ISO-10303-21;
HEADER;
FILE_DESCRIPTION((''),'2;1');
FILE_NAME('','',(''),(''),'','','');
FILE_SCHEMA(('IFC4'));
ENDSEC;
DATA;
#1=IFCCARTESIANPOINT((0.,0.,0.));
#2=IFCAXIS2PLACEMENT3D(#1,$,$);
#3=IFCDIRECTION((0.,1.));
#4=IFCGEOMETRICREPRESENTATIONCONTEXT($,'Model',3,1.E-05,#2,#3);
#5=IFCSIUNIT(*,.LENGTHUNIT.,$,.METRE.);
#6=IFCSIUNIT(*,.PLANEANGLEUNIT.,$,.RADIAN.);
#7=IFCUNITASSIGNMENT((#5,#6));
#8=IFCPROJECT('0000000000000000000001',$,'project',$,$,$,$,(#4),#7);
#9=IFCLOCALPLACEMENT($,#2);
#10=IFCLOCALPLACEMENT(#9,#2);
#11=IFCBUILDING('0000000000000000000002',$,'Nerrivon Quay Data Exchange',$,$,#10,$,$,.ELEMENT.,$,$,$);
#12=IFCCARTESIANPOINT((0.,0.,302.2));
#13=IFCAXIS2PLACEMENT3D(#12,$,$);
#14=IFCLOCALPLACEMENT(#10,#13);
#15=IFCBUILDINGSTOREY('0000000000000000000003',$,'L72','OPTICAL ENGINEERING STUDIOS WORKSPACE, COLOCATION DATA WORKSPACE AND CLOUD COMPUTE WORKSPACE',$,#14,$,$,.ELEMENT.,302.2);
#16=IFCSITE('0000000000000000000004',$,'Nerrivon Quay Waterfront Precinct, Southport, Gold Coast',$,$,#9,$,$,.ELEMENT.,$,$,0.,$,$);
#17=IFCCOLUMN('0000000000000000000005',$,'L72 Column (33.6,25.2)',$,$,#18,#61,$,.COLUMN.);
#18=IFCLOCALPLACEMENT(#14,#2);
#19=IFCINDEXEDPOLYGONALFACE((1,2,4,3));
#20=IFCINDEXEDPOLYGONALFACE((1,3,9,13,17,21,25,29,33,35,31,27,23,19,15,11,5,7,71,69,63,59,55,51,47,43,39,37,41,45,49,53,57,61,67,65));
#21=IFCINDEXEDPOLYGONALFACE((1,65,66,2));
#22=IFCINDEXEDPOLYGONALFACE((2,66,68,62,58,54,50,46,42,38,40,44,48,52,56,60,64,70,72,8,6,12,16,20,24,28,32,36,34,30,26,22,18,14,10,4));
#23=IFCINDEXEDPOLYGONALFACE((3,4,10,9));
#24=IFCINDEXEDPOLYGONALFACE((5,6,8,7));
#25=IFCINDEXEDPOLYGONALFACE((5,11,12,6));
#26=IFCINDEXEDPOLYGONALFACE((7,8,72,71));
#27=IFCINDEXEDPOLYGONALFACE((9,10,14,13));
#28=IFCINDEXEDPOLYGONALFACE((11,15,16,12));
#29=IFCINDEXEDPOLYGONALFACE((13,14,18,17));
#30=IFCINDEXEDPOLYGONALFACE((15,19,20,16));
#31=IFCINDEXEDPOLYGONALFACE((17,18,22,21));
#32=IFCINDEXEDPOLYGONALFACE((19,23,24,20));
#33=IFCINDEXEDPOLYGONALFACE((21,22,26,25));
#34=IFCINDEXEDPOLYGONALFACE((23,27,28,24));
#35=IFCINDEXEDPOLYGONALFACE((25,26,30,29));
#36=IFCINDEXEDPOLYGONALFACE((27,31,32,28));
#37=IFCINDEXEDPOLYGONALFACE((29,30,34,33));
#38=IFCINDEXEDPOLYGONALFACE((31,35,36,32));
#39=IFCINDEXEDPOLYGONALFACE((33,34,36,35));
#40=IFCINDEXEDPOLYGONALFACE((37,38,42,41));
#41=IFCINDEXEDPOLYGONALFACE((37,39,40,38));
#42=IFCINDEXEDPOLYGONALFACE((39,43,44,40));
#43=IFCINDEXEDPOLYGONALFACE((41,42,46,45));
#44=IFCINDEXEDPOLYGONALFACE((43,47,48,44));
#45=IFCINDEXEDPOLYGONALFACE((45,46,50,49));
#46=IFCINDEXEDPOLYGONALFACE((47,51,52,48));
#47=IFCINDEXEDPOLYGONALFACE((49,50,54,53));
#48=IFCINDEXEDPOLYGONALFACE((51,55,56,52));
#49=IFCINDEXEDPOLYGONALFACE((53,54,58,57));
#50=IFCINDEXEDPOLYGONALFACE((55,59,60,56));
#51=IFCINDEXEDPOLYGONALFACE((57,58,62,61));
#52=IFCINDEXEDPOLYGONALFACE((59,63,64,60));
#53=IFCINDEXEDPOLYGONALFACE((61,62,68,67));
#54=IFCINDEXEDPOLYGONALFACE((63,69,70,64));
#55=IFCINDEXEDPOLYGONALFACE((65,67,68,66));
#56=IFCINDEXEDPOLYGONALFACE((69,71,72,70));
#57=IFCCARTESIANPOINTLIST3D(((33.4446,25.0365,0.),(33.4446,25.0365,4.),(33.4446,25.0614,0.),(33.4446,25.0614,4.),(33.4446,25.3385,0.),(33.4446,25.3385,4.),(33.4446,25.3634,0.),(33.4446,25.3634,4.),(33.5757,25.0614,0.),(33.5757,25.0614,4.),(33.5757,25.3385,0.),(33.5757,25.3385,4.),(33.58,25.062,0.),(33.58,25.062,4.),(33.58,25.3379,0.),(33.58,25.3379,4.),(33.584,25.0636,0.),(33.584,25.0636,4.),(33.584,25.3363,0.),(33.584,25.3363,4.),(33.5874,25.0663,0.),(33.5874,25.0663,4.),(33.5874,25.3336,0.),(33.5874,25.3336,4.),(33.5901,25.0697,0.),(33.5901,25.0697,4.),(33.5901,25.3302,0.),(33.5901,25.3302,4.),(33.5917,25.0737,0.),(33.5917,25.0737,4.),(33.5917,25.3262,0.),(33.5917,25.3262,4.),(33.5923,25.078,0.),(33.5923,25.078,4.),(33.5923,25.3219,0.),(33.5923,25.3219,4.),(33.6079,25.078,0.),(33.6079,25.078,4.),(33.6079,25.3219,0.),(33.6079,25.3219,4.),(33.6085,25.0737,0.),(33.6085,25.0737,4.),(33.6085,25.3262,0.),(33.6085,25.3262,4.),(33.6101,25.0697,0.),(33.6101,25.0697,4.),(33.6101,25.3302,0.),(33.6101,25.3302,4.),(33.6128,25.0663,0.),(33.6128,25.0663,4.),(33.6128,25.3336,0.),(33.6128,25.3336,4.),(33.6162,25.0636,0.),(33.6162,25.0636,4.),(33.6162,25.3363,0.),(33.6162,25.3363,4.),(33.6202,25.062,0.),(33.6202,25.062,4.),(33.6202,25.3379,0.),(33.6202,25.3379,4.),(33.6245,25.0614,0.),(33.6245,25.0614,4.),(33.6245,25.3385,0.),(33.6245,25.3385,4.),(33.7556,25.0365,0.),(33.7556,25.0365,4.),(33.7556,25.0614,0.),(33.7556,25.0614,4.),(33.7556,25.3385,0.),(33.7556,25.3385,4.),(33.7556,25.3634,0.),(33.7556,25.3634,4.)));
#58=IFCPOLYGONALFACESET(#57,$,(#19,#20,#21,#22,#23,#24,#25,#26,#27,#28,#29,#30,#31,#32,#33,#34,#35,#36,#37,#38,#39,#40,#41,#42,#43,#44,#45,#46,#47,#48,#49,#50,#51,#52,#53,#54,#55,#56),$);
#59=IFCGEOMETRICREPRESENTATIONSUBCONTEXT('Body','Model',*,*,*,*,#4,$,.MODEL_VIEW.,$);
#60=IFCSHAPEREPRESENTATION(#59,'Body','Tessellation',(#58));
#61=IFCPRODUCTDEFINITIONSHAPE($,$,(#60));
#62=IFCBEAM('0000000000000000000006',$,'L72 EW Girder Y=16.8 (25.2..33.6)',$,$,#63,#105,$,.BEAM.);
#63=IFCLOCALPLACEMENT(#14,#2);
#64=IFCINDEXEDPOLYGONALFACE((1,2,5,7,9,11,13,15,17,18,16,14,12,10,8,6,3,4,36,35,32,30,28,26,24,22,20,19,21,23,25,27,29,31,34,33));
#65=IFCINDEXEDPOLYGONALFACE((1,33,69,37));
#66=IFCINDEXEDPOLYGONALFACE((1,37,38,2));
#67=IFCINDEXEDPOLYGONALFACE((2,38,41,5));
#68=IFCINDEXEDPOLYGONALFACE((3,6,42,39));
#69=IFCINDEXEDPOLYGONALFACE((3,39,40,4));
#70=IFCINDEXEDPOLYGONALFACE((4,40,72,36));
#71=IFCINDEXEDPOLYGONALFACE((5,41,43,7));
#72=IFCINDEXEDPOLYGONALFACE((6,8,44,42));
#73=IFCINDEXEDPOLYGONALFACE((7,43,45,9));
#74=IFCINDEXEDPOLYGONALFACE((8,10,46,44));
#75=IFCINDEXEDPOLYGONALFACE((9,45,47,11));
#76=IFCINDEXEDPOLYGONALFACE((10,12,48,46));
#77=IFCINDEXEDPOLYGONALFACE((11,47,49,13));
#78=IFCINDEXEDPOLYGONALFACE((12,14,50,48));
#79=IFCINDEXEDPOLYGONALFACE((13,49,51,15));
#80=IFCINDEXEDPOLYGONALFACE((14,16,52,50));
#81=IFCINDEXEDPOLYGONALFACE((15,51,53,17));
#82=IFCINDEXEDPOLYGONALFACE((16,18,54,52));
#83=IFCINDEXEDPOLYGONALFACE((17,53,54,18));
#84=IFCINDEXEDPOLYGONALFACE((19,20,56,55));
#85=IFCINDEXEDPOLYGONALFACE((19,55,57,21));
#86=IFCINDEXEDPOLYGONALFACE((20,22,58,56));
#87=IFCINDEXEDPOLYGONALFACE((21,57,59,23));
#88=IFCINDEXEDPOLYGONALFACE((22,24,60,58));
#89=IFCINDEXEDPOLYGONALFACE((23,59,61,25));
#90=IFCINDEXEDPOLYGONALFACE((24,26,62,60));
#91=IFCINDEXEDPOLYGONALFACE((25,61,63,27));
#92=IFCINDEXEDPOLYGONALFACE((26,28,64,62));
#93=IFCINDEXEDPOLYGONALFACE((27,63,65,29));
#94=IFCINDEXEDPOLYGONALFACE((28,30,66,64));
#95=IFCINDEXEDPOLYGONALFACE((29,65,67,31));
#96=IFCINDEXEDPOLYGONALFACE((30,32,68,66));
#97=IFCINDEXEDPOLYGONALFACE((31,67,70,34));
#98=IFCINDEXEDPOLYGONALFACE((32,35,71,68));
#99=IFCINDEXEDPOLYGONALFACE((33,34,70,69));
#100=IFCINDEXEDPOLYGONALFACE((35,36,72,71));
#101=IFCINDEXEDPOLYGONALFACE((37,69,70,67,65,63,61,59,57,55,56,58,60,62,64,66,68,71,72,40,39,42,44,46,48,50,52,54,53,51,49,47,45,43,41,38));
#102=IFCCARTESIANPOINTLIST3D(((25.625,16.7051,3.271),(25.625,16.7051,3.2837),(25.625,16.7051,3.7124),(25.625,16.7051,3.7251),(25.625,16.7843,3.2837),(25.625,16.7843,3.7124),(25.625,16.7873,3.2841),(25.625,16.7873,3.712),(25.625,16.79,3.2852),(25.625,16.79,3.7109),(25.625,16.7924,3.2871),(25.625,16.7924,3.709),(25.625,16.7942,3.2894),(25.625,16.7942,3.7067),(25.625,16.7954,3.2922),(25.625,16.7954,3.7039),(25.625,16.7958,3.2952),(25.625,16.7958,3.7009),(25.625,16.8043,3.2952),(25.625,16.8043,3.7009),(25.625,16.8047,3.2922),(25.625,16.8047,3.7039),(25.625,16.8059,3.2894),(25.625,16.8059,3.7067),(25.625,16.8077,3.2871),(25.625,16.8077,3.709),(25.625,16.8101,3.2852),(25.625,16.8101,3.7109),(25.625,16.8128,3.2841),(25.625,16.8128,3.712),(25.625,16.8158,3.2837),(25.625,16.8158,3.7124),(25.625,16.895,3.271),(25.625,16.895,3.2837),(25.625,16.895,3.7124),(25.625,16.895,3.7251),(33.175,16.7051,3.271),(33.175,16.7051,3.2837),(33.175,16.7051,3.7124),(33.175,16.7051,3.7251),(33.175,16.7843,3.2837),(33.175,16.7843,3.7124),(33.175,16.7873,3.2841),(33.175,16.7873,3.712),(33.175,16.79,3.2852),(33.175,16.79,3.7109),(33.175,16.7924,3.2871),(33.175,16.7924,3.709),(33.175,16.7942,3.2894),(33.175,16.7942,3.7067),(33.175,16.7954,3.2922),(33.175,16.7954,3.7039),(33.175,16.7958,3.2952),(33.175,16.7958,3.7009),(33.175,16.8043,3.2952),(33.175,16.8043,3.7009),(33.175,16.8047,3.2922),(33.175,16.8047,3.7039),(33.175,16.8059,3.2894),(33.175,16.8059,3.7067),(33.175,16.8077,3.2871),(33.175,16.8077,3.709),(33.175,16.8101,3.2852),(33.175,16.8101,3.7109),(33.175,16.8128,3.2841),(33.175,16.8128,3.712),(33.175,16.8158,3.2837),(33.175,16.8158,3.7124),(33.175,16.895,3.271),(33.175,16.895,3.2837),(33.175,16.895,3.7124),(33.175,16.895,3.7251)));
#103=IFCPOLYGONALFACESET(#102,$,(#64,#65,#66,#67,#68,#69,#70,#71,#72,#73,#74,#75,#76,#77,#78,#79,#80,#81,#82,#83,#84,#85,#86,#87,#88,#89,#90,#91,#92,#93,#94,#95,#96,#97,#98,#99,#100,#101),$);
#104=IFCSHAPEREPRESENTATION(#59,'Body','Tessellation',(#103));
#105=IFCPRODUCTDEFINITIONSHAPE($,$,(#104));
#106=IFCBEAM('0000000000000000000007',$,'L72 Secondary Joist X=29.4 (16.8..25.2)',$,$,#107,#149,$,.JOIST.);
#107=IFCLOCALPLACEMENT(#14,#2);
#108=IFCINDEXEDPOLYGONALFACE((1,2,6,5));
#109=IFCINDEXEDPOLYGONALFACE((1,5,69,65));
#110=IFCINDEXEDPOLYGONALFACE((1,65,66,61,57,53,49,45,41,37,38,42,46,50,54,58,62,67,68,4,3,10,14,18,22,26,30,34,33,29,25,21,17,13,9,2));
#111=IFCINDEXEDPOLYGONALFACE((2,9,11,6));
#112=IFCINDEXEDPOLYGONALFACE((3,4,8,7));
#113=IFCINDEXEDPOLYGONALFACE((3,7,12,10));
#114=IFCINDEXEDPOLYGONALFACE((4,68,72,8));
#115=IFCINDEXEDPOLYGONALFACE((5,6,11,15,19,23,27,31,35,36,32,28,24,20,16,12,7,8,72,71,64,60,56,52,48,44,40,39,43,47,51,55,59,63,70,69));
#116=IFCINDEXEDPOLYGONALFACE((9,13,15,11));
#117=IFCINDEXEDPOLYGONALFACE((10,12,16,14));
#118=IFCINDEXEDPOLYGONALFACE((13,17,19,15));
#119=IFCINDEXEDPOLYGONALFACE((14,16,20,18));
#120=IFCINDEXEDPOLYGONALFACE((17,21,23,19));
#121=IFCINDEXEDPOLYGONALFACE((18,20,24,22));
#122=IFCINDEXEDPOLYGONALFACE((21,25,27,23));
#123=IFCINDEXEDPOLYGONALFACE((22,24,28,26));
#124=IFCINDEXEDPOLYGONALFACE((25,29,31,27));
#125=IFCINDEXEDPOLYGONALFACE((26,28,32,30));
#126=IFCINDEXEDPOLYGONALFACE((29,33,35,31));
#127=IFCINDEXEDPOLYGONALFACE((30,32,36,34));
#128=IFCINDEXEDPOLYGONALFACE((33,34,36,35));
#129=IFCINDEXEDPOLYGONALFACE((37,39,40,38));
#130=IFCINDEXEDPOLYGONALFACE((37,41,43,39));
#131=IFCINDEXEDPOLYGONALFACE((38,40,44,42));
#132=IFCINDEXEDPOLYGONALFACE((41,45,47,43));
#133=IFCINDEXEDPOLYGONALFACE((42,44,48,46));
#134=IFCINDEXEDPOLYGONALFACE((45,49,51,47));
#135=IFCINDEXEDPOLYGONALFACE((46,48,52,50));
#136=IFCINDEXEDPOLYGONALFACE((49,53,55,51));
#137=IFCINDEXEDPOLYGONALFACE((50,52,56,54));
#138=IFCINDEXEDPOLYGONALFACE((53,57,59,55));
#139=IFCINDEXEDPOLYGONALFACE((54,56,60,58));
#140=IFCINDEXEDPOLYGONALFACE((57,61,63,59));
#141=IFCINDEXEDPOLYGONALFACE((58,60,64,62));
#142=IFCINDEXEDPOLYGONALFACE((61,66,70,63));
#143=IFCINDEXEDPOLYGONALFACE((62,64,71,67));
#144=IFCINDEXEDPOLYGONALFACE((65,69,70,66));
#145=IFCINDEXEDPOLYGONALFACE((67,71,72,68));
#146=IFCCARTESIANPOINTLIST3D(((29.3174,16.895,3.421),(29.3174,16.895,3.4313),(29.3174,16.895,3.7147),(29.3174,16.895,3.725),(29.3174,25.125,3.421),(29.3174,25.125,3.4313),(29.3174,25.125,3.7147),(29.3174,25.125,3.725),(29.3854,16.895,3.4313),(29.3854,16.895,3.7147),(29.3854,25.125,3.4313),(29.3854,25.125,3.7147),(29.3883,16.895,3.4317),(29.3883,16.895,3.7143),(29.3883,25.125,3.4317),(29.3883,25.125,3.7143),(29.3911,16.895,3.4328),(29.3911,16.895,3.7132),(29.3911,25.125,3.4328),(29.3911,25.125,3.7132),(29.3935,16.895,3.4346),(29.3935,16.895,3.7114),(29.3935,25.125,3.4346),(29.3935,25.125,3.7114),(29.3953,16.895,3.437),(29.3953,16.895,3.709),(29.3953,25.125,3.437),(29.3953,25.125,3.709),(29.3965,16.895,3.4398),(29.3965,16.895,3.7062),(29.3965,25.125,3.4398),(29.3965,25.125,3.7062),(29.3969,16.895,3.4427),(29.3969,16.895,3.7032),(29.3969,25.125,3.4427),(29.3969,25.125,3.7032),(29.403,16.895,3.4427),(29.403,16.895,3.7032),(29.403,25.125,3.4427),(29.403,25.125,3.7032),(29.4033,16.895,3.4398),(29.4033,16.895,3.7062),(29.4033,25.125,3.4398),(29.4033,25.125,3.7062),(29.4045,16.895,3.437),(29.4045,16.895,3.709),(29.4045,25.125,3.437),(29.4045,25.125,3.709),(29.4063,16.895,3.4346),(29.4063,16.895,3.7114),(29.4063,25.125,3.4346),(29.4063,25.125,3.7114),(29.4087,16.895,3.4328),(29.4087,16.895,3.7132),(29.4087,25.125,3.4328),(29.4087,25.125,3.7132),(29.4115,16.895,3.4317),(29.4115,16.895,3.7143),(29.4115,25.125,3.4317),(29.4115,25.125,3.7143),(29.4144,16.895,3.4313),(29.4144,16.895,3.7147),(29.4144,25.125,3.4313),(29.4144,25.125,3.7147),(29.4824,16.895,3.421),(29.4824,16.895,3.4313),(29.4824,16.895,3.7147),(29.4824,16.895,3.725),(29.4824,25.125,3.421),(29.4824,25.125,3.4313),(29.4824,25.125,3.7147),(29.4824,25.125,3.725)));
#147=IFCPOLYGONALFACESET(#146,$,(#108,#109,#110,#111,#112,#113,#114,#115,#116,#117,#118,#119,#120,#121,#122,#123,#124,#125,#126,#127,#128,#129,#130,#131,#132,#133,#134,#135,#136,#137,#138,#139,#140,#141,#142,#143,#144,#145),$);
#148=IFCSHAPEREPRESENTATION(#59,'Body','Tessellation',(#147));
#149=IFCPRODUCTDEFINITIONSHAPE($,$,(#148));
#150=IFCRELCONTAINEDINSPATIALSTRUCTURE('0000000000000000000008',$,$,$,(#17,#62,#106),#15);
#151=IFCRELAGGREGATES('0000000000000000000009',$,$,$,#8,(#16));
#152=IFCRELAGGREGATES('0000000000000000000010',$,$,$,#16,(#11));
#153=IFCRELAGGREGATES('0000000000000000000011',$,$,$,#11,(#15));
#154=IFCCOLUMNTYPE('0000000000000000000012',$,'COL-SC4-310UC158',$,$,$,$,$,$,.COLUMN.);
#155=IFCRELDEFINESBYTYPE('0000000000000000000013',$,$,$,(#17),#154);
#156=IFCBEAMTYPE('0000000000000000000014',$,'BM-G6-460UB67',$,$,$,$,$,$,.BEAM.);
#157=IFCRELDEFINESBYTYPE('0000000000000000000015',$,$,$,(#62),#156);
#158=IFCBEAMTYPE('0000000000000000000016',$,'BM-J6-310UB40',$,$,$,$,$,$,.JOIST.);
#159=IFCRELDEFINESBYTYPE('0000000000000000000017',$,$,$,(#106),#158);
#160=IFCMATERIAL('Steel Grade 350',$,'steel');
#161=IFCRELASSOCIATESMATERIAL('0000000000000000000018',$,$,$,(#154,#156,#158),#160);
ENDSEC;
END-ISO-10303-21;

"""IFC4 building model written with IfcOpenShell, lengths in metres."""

from ifc_helpers import new_model, si_unit, direction, frame, origin, origin_2d, place, context, subcontext, project, spatial, i_section, extrude, material, material_profile, profile_set, type_object, element, save


model = new_model("IFC4")

# Units and contexts
model_context = context("Model", 3, precision=1e-05, world=origin(), true_north=direction((0.0, 1.0)))
body_context = subcontext(model_context, "Body", "Model", "MODEL_VIEW")
ifc_project = project(units=[si_unit("LENGTHUNIT", "METRE"), si_unit("PLANEANGLEUNIT", "RADIAN")], contexts=[model_context])

# Site, building, storey
site_placement = place(None, origin())
site = spatial("IfcSite", under=ifc_project, at=site_placement, Name="Nerrivon Quay Waterfront Precinct, Southport, Gold Coast", CompositionType="ELEMENT", RefElevation=0.0)
building_placement = place(site_placement, origin())
building = spatial("IfcBuilding", under=site, at=building_placement, Name="Nerrivon Quay Data Exchange", CompositionType="ELEMENT")
storey_placement = place(building_placement, frame((0.0, 0.0, 302.2)))
storey = spatial("IfcBuildingStorey", under=building, at=storey_placement, Name="L72", Description="OPTICAL ENGINEERING STUDIOS WORKSPACE, COLOCATION DATA WORKSPACE AND CLOUD COMPUTE WORKSPACE", CompositionType="ELEMENT", Elevation=302.2)

# Column
ifc_material_1 = material(Name="Steel Grade 350", Category="steel")
ifc_material_profile_1 = material_profile(ifc_material_1, i_section(OverallWidth=0.311, OverallDepth=0.3269, WebThickness=0.0156, FlangeThickness=0.0249, FilletRadius=0.0166, at=origin_2d()), Name="310UC158")
ifc_profile_set_1 = profile_set([ifc_material_profile_1], Name="Steel Grade 350")
column_type = type_object("IfcColumnType", Name="COL-SC4-310UC158", PredefinedType="COLUMN", material=ifc_profile_set_1)
column_placement = place(storey_placement, frame((33.6001, 25.2, 0.0), z_axis=(0.0, 0.0, 1.0), x_axis=(1.0, 0.0, 0.0)))
element("IfcColumn", 1, at=column_placement, inside=storey, type_object=column_type, Name="L72 Column (33.6,25.2)", PredefinedType="COLUMN", context=body_context, shape_type="SweptSolid", body=[
    extrude(i_section(OverallWidth=0.311, OverallDepth=0.3269, WebThickness=0.0156, FlangeThickness=0.0249, FilletRadius=0.0166, at=origin_2d()), origin(), (0.0, 0.0, 1.0), 4.0),
])

# Beams
ifc_material_profile_2 = material_profile(ifc_material_1, i_section(OverallWidth=0.1899, OverallDepth=0.4541, WebThickness=0.0085, FlangeThickness=0.0127, FilletRadius=0.0115, at=origin_2d()), Name="460UB67.1")
ifc_profile_set_2 = profile_set([ifc_material_profile_2], Name="Steel Grade 350")
beam_type_1 = type_object("IfcBeamType", Name="BM-G6-460UB67", PredefinedType="BEAM", material=ifc_profile_set_2)
beam_1_placement = place(storey_placement, frame((25.625, 16.8, 3.498), z_axis=(1.0, 0.0, 0.0), x_axis=(0.0, 1.0, 0.0)))
element("IfcBeam", 2, at=beam_1_placement, inside=storey, type_object=beam_type_1, Name="L72 EW Girder Y=16.8 (25.2..33.6)", PredefinedType="BEAM", context=body_context, shape_type="SweptSolid", body=[
    extrude(i_section(OverallWidth=0.1899, OverallDepth=0.4541, WebThickness=0.0085, FlangeThickness=0.0127, FilletRadius=0.0115, at=origin_2d()), origin(), (0.0, 0.0, 1.0), 7.55),
])
ifc_material_profile_3 = material_profile(ifc_material_1, i_section(OverallWidth=0.165, OverallDepth=0.304, WebThickness=0.0061, FlangeThickness=0.0103, FilletRadius=0.0115, at=origin_2d()), Name="310UB40.4")
ifc_profile_set_3 = profile_set([ifc_material_profile_3], Name="Steel Grade 350")
beam_type_2 = type_object("IfcBeamType", Name="BM-J6-310UB40", PredefinedType="JOIST", material=ifc_profile_set_3)
beam_2_placement = place(storey_placement, frame((29.3999, 16.895, 3.573), z_axis=(0.0, 1.0, 0.0), x_axis=(-1.0, 0.0, 0.0)))
element("IfcBeam", 3, at=beam_2_placement, inside=storey, type_object=beam_type_2, Name="L72 Secondary Joist X=29.4 (16.8..25.2)", PredefinedType="JOIST", context=body_context, shape_type="SweptSolid", body=[
    extrude(i_section(OverallWidth=0.165, OverallDepth=0.304, WebThickness=0.0061, FlangeThickness=0.0103, FilletRadius=0.0115, at=origin_2d()), origin(), (0.0, 0.0, 1.0), 8.23),
])

save(model, "model.ifc")
